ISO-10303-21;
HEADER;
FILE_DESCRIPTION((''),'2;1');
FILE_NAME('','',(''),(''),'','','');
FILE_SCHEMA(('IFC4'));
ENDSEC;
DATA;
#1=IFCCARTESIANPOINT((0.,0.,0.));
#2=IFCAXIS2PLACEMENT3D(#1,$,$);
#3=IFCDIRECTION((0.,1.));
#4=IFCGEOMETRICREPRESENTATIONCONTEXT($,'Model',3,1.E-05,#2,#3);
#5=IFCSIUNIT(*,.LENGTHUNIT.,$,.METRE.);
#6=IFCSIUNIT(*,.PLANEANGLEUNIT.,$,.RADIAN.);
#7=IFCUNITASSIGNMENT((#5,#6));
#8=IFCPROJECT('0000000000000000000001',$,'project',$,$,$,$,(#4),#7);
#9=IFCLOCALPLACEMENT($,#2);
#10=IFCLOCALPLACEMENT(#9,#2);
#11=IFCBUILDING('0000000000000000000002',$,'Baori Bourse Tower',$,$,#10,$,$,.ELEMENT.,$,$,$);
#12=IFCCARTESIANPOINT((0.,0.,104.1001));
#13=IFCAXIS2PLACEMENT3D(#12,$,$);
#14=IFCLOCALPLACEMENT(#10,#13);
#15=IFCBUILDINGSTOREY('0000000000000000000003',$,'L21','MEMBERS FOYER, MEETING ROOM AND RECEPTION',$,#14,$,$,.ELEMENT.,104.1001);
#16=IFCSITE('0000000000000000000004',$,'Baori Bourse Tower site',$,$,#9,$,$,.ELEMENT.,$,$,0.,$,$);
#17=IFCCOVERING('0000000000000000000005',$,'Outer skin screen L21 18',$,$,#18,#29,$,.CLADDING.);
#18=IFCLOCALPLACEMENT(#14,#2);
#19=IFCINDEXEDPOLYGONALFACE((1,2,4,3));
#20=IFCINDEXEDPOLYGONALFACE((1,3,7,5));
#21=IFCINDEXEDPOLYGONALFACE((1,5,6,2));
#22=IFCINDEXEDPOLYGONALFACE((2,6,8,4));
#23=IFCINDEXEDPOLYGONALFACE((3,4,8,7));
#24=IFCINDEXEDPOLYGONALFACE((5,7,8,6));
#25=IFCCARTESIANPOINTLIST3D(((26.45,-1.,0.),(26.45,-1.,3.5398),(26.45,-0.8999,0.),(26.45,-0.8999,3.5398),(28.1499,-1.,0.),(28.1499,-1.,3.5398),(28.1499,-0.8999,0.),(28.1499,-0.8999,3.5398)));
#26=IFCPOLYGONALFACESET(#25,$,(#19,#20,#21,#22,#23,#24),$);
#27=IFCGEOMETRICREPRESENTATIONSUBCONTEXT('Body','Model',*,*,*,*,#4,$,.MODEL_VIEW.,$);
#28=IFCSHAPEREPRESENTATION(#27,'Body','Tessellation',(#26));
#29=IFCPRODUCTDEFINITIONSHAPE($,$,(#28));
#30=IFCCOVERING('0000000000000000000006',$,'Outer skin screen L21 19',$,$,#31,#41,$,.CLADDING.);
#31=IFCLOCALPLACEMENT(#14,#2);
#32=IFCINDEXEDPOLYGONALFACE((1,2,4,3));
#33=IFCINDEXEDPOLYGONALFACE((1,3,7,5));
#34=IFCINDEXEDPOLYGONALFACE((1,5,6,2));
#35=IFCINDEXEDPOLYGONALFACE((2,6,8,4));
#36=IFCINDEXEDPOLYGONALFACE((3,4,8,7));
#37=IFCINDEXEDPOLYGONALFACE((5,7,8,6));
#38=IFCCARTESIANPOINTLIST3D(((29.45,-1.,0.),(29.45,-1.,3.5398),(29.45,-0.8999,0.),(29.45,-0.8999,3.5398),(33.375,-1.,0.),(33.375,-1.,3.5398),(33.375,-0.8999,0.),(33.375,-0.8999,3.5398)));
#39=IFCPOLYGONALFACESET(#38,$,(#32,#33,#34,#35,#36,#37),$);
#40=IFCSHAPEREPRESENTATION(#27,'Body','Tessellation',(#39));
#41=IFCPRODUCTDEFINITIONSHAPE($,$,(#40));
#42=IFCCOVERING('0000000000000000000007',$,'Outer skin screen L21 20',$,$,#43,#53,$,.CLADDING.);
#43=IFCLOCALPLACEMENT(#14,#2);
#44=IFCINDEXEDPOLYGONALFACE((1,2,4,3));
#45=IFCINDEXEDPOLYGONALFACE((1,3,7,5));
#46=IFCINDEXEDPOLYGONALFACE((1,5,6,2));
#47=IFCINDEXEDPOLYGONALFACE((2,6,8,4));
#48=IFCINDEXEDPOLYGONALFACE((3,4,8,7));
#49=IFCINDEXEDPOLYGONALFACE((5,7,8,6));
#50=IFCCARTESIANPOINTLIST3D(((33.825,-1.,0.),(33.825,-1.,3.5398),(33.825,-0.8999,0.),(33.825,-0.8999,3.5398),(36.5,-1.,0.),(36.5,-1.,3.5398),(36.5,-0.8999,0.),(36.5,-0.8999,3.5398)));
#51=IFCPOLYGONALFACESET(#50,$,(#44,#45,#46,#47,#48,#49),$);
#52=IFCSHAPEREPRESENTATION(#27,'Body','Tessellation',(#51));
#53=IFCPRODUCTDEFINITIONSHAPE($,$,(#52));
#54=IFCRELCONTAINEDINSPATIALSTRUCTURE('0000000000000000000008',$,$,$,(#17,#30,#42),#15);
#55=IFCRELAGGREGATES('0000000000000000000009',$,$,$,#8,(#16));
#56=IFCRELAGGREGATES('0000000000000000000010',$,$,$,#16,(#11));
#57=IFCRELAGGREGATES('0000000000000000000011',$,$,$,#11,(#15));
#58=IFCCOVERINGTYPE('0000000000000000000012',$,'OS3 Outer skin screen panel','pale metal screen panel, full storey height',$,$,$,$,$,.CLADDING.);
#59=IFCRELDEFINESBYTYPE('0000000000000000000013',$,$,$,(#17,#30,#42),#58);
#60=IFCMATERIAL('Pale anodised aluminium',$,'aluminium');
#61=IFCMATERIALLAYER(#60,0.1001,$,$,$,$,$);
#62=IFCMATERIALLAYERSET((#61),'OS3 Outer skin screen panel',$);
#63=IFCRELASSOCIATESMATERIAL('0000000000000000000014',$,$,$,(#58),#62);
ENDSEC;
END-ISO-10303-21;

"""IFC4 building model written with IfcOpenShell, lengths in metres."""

from ifc_helpers import new_model, si_unit, direction, frame, origin, place, context, subcontext, project, spatial, polyline, outline, extrude, material, layer, layer_set, type_object, element, save


model = new_model("IFC4")

# Units and contexts
model_context = context("Model", 3, precision=1e-05, world=origin(), true_north=direction((0.0, 1.0)))
body_context = subcontext(model_context, "Body", "Model", "MODEL_VIEW")
ifc_project = project(units=[si_unit("LENGTHUNIT", "METRE"), si_unit("PLANEANGLEUNIT", "RADIAN")], contexts=[model_context])

# Site, building, storey
site_placement = place(None, origin())
site = spatial("IfcSite", under=ifc_project, at=site_placement, Name="Baori Bourse Tower site", CompositionType="ELEMENT", RefElevation=0.0)
building_placement = place(site_placement, origin())
building = spatial("IfcBuilding", under=site, at=building_placement, Name="Baori Bourse Tower", CompositionType="ELEMENT")
storey_placement = place(building_placement, frame((0.0, 0.0, 104.1001)))
storey = spatial("IfcBuildingStorey", under=building, at=storey_placement, Name="L21", Description="MEMBERS FOYER, MEETING ROOM AND RECEPTION", CompositionType="ELEMENT", Elevation=104.1001)

# Coverings
ifc_material_1 = material(Name="Pale anodised aluminium", Category="aluminium")
ifc_layer_1 = layer(ifc_material_1, 0.1001)
ifc_layer_set_1 = layer_set([ifc_layer_1], Name="OS3 Outer skin screen panel")
covering_type = type_object("IfcCoveringType", Name="OS3 Outer skin screen panel", Description="pale metal screen panel, full storey height", PredefinedType="CLADDING", material=ifc_layer_set_1)
covering_1_placement = place(storey_placement, origin())
element("IfcCovering", 1, at=covering_1_placement, inside=storey, type_object=covering_type, Name="Outer skin screen L21 18", PredefinedType="CLADDING", context=body_context, shape_type="SweptSolid", body=[
    extrude(outline(polyline([(28.1499, -0.8999), (26.45, -0.8999), (26.45, -1.0), (28.1499, -1.0), (28.1499, -0.8999)])), origin(), (0.0, 0.0, 1.0), 3.5398),
])
covering_2_placement = place(storey_placement, origin())
element("IfcCovering", 2, at=covering_2_placement, inside=storey, type_object=covering_type, Name="Outer skin screen L21 19", PredefinedType="CLADDING", context=body_context, shape_type="SweptSolid", body=[
    extrude(outline(polyline([(33.375, -0.8999), (29.45, -0.8999), (29.45, -1.0), (33.375, -1.0), (33.375, -0.8999)])), origin(), (0.0, 0.0, 1.0), 3.5398),
])
covering_3_placement = place(storey_placement, origin())
element("IfcCovering", 3, at=covering_3_placement, inside=storey, type_object=covering_type, Name="Outer skin screen L21 20", PredefinedType="CLADDING", context=body_context, shape_type="SweptSolid", body=[
    extrude(outline(polyline([(36.5, -0.8999), (33.825, -0.8999), (33.825, -1.0), (36.5, -1.0), (36.5, -0.8999)])), origin(), (0.0, 0.0, 1.0), 3.5398),
])

save(model, "model.ifc")
